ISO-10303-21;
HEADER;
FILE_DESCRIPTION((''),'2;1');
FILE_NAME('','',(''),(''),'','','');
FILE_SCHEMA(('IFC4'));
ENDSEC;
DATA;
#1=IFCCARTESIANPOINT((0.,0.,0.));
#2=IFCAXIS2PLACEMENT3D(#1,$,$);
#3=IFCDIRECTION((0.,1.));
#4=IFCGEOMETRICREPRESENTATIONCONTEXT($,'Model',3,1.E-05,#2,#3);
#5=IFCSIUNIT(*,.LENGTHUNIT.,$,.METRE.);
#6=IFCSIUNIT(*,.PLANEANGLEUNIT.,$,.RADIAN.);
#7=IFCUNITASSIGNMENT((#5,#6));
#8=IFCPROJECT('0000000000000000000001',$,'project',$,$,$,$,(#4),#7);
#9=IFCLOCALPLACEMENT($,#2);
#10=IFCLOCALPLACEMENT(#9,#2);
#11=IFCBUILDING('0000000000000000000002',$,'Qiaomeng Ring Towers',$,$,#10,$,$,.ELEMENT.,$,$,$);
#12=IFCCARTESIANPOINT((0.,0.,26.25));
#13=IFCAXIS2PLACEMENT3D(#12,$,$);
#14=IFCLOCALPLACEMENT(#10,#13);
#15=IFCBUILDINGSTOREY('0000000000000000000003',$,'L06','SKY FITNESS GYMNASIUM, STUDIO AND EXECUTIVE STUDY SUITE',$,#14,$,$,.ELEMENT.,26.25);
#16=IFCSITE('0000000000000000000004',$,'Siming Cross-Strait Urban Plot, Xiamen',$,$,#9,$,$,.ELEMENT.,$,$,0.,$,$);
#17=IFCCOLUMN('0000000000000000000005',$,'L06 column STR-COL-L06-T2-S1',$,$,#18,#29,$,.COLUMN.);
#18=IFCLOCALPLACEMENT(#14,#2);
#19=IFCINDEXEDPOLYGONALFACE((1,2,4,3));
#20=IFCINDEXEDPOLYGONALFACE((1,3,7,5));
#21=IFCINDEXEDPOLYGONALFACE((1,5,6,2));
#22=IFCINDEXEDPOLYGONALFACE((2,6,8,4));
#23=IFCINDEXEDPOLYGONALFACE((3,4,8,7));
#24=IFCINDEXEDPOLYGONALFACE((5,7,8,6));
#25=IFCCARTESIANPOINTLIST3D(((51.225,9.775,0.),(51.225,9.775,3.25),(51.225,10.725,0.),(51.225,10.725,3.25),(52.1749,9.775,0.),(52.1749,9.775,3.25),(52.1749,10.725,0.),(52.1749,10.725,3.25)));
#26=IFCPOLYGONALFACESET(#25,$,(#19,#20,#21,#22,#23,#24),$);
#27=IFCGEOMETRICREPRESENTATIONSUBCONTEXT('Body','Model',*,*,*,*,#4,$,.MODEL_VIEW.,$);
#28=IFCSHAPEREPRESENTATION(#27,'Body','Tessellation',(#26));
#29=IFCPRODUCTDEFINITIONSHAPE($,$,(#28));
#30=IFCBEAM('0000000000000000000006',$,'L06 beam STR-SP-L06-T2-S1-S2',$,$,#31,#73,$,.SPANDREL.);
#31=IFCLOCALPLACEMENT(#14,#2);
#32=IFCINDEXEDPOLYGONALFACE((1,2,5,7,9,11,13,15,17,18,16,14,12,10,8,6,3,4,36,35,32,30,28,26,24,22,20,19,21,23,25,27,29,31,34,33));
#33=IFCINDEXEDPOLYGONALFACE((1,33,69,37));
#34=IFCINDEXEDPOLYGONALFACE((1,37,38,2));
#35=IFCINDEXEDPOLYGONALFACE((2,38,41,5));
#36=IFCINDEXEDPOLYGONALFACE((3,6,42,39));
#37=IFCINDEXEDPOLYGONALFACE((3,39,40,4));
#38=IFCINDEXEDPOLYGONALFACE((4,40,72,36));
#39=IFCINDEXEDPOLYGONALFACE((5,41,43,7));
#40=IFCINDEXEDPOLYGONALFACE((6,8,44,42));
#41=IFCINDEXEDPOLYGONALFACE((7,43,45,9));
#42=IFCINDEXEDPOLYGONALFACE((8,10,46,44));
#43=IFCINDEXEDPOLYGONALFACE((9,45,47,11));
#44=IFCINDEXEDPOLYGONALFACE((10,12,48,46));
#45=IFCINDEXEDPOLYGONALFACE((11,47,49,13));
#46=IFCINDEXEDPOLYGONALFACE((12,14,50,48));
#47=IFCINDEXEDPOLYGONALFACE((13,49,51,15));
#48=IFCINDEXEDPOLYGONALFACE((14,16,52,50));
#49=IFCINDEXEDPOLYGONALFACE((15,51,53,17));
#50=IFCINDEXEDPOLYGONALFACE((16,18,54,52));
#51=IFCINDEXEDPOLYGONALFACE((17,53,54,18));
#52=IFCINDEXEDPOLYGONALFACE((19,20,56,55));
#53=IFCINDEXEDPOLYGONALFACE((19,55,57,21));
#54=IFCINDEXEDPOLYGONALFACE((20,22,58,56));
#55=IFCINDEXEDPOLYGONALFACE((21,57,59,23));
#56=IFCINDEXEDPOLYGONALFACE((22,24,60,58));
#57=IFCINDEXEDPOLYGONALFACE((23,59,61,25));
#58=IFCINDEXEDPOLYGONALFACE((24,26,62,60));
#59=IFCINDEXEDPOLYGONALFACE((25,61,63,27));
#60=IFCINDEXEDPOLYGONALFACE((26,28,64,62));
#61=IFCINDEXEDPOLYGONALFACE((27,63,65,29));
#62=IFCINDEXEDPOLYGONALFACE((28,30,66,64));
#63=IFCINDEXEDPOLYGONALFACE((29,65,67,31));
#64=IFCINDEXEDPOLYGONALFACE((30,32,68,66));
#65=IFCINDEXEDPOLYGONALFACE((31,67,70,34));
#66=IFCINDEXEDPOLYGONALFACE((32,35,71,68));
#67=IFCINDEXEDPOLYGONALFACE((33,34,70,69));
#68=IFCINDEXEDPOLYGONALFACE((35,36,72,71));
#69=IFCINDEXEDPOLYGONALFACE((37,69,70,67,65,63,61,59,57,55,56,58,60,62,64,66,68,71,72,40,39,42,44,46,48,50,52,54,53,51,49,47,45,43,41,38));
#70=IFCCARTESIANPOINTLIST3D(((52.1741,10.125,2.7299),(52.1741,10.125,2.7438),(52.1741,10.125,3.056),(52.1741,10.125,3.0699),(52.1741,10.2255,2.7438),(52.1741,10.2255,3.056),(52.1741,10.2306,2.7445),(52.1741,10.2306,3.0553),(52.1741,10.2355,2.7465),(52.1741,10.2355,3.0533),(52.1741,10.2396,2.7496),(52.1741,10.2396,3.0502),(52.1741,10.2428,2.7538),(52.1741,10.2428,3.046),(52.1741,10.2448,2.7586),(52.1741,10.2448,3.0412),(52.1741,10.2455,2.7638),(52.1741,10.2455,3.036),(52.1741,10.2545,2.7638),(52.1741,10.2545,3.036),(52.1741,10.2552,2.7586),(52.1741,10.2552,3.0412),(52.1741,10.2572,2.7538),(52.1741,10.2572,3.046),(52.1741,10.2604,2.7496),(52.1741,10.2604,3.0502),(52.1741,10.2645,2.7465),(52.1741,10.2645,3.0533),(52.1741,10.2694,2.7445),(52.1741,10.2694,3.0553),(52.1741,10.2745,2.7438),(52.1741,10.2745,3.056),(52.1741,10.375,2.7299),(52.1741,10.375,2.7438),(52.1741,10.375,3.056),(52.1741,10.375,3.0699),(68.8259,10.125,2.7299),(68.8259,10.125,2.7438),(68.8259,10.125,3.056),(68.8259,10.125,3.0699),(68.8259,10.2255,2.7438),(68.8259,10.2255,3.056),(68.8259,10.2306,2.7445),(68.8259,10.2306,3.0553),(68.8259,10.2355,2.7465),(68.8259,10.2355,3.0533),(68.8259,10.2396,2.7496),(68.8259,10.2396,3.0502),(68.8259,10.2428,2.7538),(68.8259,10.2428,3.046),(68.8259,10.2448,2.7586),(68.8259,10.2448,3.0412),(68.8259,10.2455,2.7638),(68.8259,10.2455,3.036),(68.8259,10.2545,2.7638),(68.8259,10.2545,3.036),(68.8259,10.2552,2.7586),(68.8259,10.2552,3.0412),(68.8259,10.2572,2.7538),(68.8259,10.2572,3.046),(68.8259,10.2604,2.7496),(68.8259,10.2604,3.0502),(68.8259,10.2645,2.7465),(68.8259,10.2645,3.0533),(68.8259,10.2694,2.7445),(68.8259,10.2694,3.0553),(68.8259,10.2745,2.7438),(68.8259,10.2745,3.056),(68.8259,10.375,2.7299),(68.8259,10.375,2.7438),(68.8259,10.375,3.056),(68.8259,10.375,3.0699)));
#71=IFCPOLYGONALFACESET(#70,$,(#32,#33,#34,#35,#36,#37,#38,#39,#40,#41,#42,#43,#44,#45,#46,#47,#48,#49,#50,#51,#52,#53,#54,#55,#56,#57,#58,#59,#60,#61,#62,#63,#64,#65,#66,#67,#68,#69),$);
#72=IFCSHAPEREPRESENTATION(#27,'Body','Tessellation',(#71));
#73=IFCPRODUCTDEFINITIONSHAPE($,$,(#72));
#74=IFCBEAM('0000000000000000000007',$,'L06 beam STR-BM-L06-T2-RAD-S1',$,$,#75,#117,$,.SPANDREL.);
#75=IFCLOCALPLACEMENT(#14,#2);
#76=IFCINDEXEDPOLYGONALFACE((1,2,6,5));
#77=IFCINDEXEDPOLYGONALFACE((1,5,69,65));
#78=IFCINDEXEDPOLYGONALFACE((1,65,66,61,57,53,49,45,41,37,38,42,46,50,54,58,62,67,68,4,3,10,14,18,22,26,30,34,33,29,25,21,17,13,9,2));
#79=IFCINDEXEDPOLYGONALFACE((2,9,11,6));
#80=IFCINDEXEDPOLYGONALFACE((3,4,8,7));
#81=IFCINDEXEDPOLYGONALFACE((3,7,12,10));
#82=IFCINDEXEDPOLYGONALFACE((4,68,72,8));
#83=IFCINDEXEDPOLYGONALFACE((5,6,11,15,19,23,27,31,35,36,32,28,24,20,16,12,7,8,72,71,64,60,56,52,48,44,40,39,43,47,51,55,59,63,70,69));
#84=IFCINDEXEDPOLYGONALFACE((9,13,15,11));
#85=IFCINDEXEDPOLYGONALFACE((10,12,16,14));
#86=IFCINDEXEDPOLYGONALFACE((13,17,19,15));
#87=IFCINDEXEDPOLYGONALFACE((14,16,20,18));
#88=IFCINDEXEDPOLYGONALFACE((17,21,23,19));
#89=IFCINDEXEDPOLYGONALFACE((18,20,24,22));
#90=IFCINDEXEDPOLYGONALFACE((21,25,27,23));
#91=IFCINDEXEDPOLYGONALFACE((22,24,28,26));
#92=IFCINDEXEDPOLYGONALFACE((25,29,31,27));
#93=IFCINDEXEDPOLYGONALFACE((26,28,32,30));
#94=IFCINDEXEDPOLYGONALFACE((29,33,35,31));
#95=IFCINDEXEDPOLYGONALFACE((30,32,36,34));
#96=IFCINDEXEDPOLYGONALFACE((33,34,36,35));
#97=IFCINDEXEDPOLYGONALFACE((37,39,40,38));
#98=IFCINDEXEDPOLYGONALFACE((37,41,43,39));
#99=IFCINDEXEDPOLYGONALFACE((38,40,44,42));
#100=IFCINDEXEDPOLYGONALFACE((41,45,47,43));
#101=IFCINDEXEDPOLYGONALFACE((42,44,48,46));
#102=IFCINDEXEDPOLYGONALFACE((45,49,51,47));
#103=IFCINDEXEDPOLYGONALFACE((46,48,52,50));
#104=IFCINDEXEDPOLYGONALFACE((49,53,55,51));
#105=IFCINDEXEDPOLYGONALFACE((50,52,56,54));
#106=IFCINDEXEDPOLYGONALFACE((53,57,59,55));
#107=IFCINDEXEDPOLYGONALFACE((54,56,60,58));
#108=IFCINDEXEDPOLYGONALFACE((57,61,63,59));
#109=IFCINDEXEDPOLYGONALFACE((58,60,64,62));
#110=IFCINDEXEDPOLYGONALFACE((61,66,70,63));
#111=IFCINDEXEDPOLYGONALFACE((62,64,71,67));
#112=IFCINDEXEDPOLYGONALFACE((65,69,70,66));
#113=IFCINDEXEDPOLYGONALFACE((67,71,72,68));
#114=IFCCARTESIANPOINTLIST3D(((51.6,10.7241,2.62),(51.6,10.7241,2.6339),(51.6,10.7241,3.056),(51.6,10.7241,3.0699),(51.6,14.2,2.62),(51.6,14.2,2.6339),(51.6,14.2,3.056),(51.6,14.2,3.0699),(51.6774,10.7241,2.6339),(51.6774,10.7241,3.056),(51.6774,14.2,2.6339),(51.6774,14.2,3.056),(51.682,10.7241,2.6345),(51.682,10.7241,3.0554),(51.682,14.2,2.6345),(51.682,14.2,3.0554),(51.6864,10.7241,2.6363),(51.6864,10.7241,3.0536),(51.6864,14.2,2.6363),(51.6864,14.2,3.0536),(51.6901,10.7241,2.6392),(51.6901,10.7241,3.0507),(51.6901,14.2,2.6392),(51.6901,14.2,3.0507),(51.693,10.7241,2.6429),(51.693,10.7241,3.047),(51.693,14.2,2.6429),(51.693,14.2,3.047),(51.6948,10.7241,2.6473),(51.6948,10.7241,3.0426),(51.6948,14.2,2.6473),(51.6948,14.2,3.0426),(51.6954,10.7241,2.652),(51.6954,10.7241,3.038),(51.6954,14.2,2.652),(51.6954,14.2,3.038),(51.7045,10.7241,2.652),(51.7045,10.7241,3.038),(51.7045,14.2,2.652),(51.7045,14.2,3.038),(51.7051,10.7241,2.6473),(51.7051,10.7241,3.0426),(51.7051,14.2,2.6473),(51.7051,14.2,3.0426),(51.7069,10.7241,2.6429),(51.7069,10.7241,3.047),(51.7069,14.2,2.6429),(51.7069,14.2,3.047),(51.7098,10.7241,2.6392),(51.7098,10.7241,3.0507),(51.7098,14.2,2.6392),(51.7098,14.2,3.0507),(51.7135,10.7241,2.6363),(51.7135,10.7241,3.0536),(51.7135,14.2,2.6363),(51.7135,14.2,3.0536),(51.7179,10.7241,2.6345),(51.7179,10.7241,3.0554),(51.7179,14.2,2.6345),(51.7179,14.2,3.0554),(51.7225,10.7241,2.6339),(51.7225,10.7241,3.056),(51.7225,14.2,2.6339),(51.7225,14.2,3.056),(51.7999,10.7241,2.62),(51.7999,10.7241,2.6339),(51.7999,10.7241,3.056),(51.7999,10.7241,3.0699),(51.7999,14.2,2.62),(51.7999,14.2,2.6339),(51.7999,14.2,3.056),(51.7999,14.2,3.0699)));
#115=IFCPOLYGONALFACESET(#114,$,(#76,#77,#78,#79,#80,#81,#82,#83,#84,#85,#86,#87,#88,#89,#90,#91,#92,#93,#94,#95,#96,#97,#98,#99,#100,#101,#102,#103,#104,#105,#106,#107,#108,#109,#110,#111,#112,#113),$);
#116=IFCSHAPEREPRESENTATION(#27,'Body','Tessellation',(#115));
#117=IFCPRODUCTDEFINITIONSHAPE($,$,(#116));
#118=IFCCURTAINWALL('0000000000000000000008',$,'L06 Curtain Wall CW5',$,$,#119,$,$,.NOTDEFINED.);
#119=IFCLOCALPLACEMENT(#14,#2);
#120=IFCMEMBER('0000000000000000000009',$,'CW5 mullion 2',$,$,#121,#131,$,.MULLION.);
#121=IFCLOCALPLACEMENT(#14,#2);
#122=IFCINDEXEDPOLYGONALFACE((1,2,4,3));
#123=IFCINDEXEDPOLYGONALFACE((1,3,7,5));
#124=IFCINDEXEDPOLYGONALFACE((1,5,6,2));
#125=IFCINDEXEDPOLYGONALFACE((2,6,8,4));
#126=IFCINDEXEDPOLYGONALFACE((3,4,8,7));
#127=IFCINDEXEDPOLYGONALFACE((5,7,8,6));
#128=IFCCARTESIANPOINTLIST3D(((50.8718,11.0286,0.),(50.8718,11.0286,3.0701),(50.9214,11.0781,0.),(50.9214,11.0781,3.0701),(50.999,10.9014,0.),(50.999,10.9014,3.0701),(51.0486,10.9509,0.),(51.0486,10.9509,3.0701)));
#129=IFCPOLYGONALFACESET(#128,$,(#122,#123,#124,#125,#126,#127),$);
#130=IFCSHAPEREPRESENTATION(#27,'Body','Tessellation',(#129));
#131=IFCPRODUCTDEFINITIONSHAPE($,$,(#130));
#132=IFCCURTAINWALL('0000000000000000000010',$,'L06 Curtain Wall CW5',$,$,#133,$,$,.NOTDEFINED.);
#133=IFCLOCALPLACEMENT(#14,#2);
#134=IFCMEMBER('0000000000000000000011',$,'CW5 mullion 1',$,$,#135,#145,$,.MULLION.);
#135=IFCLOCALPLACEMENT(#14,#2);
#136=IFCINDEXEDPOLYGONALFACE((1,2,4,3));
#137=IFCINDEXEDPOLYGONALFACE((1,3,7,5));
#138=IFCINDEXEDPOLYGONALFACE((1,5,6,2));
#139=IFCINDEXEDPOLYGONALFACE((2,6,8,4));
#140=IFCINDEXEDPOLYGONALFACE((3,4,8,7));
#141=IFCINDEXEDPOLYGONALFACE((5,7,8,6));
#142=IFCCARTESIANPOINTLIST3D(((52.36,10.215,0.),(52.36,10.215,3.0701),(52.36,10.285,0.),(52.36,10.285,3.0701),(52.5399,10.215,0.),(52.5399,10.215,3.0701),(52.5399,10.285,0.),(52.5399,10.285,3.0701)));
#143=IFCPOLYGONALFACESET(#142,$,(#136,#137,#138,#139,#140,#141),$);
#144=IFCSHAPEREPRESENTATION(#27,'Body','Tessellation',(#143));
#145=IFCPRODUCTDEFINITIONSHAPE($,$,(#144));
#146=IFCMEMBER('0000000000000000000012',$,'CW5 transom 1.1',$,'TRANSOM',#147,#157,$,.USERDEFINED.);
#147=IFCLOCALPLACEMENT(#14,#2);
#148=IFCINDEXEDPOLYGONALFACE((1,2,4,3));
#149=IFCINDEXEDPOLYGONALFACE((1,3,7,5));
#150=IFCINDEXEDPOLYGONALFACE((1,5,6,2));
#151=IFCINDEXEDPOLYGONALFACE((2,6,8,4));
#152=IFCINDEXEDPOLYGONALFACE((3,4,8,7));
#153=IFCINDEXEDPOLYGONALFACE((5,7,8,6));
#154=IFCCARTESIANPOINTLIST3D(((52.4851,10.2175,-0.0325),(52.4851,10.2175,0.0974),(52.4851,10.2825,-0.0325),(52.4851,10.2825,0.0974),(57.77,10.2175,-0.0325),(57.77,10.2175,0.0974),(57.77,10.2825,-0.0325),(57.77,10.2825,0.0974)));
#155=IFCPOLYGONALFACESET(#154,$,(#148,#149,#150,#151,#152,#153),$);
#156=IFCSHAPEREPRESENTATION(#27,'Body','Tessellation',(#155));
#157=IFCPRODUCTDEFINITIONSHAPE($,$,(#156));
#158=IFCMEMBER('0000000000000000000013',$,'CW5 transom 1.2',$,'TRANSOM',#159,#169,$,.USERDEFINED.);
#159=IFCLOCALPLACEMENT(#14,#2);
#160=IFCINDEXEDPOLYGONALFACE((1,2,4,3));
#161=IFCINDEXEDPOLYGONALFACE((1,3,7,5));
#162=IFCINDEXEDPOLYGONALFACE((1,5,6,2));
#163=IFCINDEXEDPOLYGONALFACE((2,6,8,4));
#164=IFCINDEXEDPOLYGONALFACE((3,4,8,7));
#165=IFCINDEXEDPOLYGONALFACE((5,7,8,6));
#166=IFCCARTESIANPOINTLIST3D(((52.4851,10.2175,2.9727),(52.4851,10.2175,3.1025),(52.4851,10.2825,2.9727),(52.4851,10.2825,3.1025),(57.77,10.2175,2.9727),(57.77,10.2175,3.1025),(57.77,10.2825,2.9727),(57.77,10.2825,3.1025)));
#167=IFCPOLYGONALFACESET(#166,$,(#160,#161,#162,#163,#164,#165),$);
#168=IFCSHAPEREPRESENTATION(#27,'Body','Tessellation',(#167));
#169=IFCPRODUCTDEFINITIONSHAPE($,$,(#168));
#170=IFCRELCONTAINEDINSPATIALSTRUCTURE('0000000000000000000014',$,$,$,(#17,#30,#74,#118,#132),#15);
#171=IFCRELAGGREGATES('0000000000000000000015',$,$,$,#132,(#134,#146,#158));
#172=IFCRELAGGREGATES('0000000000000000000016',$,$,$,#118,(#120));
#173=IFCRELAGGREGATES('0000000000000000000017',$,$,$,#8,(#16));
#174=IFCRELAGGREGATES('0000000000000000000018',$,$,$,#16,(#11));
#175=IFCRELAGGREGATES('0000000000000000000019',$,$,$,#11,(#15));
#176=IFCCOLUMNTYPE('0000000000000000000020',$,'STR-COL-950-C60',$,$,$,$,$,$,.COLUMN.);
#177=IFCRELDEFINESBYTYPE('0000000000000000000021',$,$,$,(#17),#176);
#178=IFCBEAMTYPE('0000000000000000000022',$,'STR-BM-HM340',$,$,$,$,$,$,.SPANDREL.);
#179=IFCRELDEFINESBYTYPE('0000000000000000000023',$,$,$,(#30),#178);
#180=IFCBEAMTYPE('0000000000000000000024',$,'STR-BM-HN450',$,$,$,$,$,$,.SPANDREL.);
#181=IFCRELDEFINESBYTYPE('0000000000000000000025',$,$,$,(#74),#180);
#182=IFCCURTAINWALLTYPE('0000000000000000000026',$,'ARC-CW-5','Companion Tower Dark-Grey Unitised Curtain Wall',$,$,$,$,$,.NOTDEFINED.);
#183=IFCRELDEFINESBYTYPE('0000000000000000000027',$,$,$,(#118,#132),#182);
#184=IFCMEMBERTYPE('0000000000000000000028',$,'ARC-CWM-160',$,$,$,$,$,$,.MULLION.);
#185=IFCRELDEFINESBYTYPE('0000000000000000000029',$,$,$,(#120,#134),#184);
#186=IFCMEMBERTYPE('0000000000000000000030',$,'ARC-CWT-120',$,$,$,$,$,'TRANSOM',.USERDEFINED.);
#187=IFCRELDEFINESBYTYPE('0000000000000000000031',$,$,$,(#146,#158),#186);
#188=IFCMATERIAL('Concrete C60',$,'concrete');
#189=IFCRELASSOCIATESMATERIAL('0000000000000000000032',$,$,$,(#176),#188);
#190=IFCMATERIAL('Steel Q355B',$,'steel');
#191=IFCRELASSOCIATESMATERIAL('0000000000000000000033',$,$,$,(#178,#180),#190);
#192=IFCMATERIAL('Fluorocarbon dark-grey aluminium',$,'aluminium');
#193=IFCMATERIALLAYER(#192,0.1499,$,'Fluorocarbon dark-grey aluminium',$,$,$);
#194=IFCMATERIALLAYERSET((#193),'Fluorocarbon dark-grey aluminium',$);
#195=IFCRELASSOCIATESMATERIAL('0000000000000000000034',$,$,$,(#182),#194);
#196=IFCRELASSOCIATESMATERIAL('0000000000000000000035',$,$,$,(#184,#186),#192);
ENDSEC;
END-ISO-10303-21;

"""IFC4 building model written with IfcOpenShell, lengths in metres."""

from ifc_helpers import new_model, si_unit, direction, frame, origin, origin_2d, place, context, subcontext, project, spatial, rectangle, i_section, extrude, source, transform, mapped, material, layer, layer_set, material_profile, profile_set, type_object, element, aggregate, save


model = new_model("IFC4")

# Units and contexts
model_context = context("Model", 3, precision=1e-05, world=origin(), true_north=direction((0.0, 1.0)))
body_context = subcontext(model_context, "Body", "Model", "MODEL_VIEW")
ifc_project = project(units=[si_unit("LENGTHUNIT", "METRE"), si_unit("PLANEANGLEUNIT", "RADIAN")], contexts=[model_context])

# Site, building, storey
site_placement = place(None, origin())
site = spatial("IfcSite", under=ifc_project, at=site_placement, Name="Siming Cross-Strait Urban Plot, Xiamen", CompositionType="ELEMENT", RefElevation=0.0)
building_placement = place(site_placement, origin())
building = spatial("IfcBuilding", under=site, at=building_placement, Name="Qiaomeng Ring Towers", CompositionType="ELEMENT")
storey_placement = place(building_placement, frame((0.0, 0.0, 26.25)))
storey = spatial("IfcBuildingStorey", under=building, at=storey_placement, Name="L06", Description="SKY FITNESS GYMNASIUM, STUDIO AND EXECUTIVE STUDY SUITE", CompositionType="ELEMENT", Elevation=26.25)

# Column
ifc_material_1 = material(Name="Concrete C60", Category="concrete")
ifc_material_profile_1 = material_profile(ifc_material_1, rectangle(XDim=0.95, YDim=0.95, at=origin_2d()), Name="RC COL 950x950")
ifc_profile_set_1 = profile_set([ifc_material_profile_1], Name="Concrete C60")
column_type = type_object("IfcColumnType", Name="STR-COL-950-C60", PredefinedType="COLUMN", material=ifc_profile_set_1)
shared_shape_1 = source(origin(), body_context, "Body", "SweptSolid", [
    extrude(rectangle(XDim=0.95, YDim=0.95, at=origin_2d()), origin(), (0.0, 0.0, 1.0), 3.25),
])
column_placement = place(storey_placement, frame((51.7, 10.25, 0.0), z_axis=(0.0, 0.0, 1.0), x_axis=(1.0, 0.0, 0.0)))
element("IfcColumn", 1, at=column_placement, inside=storey, type_object=column_type, Name="L06 column STR-COL-L06-T2-S1", PredefinedType="COLUMN", context=body_context, shape_type="MappedRepresentation", body=[
    mapped(shared_shape_1, transform((0.0, 0.0, 0.0), x_axis=(1.0, 0.0, 0.0), y_axis=(0.0, 1.0, 0.0), z_axis=(0.0, 0.0, 1.0), scale=1.0)),
])

# Beams
ifc_material_2 = material(Name="Steel Q355B", Category="steel")
ifc_material_profile_2 = material_profile(ifc_material_2, i_section(OverallWidth=0.25, OverallDepth=0.3401, WebThickness=0.009, FlangeThickness=0.0139, FilletRadius=0.02, at=origin_2d()), Name="HM 340x250x9x14")
ifc_profile_set_2 = profile_set([ifc_material_profile_2], Name="Steel Q355B")
beam_type_1 = type_object("IfcBeamType", Name="STR-BM-HM340", PredefinedType="SPANDREL", material=ifc_profile_set_2)
shared_shape_2 = source(origin(), body_context, "Body", "SweptSolid", [
    extrude(i_section(OverallWidth=0.25, OverallDepth=0.3401, WebThickness=0.009, FlangeThickness=0.0139, FilletRadius=0.02, at=origin_2d()), origin(), (0.0, 0.0, 1.0), 16.6519),
])
beam_1_placement = place(storey_placement, frame((52.1741, 10.25, 2.8999), z_axis=(1.0, 0.0, 0.0), x_axis=(0.0, 1.0, 0.0)))
element("IfcBeam", 2, at=beam_1_placement, inside=storey, type_object=beam_type_1, Name="L06 beam STR-SP-L06-T2-S1-S2", PredefinedType="SPANDREL", context=body_context, shape_type="MappedRepresentation", body=[
    mapped(shared_shape_2, transform((0.0, 0.0, 0.0), x_axis=(1.0, 0.0, 0.0), y_axis=(0.0, 1.0, 0.0), z_axis=(0.0, 0.0, 1.0), scale=1.0)),
])
ifc_material_profile_3 = material_profile(ifc_material_2, i_section(OverallWidth=0.2, OverallDepth=0.45, WebThickness=0.009, FlangeThickness=0.0139, FilletRadius=0.0181, at=origin_2d()), Name="HN 450x200x9x14")
ifc_profile_set_3 = profile_set([ifc_material_profile_3], Name="Steel Q355B")
beam_type_2 = type_object("IfcBeamType", Name="STR-BM-HN450", PredefinedType="SPANDREL", material=ifc_profile_set_3)
shared_shape_3 = source(origin(), body_context, "Body", "SweptSolid", [
    extrude(i_section(OverallWidth=0.2, OverallDepth=0.45, WebThickness=0.009, FlangeThickness=0.0139, FilletRadius=0.0181, at=origin_2d()), origin(), (0.0, 0.0, 1.0), 3.4758),
])
beam_2_placement = place(storey_placement, frame((51.7, 10.7241, 2.845), z_axis=(0.0, 1.0, 0.0), x_axis=(-1.0, 0.0, 0.0)))
element("IfcBeam", 3, at=beam_2_placement, inside=storey, type_object=beam_type_2, Name="L06 beam STR-BM-L06-T2-RAD-S1", PredefinedType="SPANDREL", context=body_context, shape_type="MappedRepresentation", body=[
    mapped(shared_shape_3, transform((0.0, 0.0, 0.0), x_axis=(1.0, 0.0, 0.0), y_axis=(0.0, 1.0, 0.0), z_axis=(0.0, 0.0, 1.0), scale=1.0)),
])

# Curtain wall, member
ifc_material_3 = material(Name="Fluorocarbon dark-grey aluminium", Category="aluminium")
ifc_layer_1 = layer(ifc_material_3, 0.1499, Name="Fluorocarbon dark-grey aluminium")
ifc_layer_set_1 = layer_set([ifc_layer_1], Name="Fluorocarbon dark-grey aluminium")
curtain_wall_type = type_object("IfcCurtainWallType", Name="ARC-CW-5", Description="Companion Tower Dark-Grey Unitised Curtain Wall", PredefinedType="NOTDEFINED", material=ifc_layer_set_1)
curtain_wall_1_placement = place(storey_placement, origin())
curtain_wall_1 = element("IfcCurtainWall", 4, at=curtain_wall_1_placement, inside=storey, type_object=curtain_wall_type, Name="L06 Curtain Wall CW5", PredefinedType="NOTDEFINED")
ifc_material_profile_4 = material_profile(ifc_material_3, rectangle(XDim=0.0701, YDim=0.1799, at=origin_2d()), Name="ALU MULL 70x180")
ifc_profile_set_4 = profile_set([ifc_material_profile_4], Name="Fluorocarbon dark-grey aluminium")
member_type_1 = type_object("IfcMemberType", Name="ARC-CWM-160", PredefinedType="MULLION", material=ifc_profile_set_4)
shared_shape_4 = source(origin(), body_context, "Body", "SweptSolid", [
    extrude(rectangle(XDim=0.0701, YDim=0.1799, at=origin_2d()), origin(), (0.0, 0.0, 1.0), 3.0701),
])
member_1_placement = place(storey_placement, frame((50.9602, 10.9897, 0.0), z_axis=(0.0, 0.0, 1.0), x_axis=(0.707107, 0.707107, 0.0)))
member_1 = element("IfcMember", 5, at=member_1_placement, type_object=member_type_1, Name="CW5 mullion 2", PredefinedType="MULLION", context=body_context, shape_type="MappedRepresentation", body=[
    mapped(shared_shape_4, transform((0.0, 0.0, 0.0), x_axis=(1.0, 0.0, 0.0), y_axis=(0.0, 1.0, 0.0), z_axis=(0.0, 0.0, 1.0), scale=1.0)),
])

# Curtain wall, members
curtain_wall_2_placement = place(storey_placement, origin())
curtain_wall_2 = element("IfcCurtainWall", 6, at=curtain_wall_2_placement, inside=storey, type_object=curtain_wall_type, Name="L06 Curtain Wall CW5", PredefinedType="NOTDEFINED")
member_2_placement = place(storey_placement, frame((52.45, 10.25, 0.0), z_axis=(0.0, 0.0, 1.0), x_axis=(0.0, 1.0, 0.0)))
member_2 = element("IfcMember", 7, at=member_2_placement, type_object=member_type_1, Name="CW5 mullion 1", PredefinedType="MULLION", context=body_context, shape_type="MappedRepresentation", body=[
    mapped(shared_shape_4, transform((0.0, 0.0, 0.0), x_axis=(1.0, 0.0, 0.0), y_axis=(0.0, 1.0, 0.0), z_axis=(0.0, 0.0, 1.0), scale=1.0)),
])
ifc_material_profile_5 = material_profile(ifc_material_3, rectangle(XDim=0.0649, YDim=0.1299, at=origin_2d()), Name="ALU TRAN 65x130")
ifc_profile_set_5 = profile_set([ifc_material_profile_5], Name="Fluorocarbon dark-grey aluminium")
member_type_2 = type_object("IfcMemberType", Name="ARC-CWT-120", ElementType="TRANSOM", PredefinedType="USERDEFINED", material=ifc_profile_set_5)
shared_shape_5 = source(origin(), body_context, "Body", "SweptSolid", [
    extrude(rectangle(XDim=0.0649, YDim=0.1299, at=origin_2d()), origin(), (0.0, 0.0, 1.0), 5.2849),
])
member_3_placement = place(storey_placement, frame((52.4851, 10.25, 0.0325), z_axis=(1.0, 0.0, 0.0), x_axis=(0.0, 1.0, 0.0)))
member_3 = element("IfcMember", 8, at=member_3_placement, type_object=member_type_2, Name="CW5 transom 1.1", ObjectType="TRANSOM", PredefinedType="USERDEFINED", context=body_context, shape_type="MappedRepresentation", body=[
    mapped(shared_shape_5, transform((0.0, 0.0, 0.0), x_axis=(1.0, 0.0, 0.0), y_axis=(0.0, 1.0, 0.0), z_axis=(0.0, 0.0, 1.0), scale=1.0)),
])
member_4_placement = place(storey_placement, frame((52.4851, 10.25, 3.0376), z_axis=(1.0, 0.0, 0.0), x_axis=(0.0, 1.0, 0.0)))
member_4 = element("IfcMember", 9, at=member_4_placement, type_object=member_type_2, Name="CW5 transom 1.2", ObjectType="TRANSOM", PredefinedType="USERDEFINED", context=body_context, shape_type="MappedRepresentation", body=[
    mapped(shared_shape_5, transform((0.0, 0.0, 0.0), x_axis=(1.0, 0.0, 0.0), y_axis=(0.0, 1.0, 0.0), z_axis=(0.0, 0.0, 1.0), scale=1.0)),
])
aggregate(curtain_wall_2, [member_2, member_3, member_4])

aggregate(curtain_wall_1, [member_1])

save(model, "model.ifc")
